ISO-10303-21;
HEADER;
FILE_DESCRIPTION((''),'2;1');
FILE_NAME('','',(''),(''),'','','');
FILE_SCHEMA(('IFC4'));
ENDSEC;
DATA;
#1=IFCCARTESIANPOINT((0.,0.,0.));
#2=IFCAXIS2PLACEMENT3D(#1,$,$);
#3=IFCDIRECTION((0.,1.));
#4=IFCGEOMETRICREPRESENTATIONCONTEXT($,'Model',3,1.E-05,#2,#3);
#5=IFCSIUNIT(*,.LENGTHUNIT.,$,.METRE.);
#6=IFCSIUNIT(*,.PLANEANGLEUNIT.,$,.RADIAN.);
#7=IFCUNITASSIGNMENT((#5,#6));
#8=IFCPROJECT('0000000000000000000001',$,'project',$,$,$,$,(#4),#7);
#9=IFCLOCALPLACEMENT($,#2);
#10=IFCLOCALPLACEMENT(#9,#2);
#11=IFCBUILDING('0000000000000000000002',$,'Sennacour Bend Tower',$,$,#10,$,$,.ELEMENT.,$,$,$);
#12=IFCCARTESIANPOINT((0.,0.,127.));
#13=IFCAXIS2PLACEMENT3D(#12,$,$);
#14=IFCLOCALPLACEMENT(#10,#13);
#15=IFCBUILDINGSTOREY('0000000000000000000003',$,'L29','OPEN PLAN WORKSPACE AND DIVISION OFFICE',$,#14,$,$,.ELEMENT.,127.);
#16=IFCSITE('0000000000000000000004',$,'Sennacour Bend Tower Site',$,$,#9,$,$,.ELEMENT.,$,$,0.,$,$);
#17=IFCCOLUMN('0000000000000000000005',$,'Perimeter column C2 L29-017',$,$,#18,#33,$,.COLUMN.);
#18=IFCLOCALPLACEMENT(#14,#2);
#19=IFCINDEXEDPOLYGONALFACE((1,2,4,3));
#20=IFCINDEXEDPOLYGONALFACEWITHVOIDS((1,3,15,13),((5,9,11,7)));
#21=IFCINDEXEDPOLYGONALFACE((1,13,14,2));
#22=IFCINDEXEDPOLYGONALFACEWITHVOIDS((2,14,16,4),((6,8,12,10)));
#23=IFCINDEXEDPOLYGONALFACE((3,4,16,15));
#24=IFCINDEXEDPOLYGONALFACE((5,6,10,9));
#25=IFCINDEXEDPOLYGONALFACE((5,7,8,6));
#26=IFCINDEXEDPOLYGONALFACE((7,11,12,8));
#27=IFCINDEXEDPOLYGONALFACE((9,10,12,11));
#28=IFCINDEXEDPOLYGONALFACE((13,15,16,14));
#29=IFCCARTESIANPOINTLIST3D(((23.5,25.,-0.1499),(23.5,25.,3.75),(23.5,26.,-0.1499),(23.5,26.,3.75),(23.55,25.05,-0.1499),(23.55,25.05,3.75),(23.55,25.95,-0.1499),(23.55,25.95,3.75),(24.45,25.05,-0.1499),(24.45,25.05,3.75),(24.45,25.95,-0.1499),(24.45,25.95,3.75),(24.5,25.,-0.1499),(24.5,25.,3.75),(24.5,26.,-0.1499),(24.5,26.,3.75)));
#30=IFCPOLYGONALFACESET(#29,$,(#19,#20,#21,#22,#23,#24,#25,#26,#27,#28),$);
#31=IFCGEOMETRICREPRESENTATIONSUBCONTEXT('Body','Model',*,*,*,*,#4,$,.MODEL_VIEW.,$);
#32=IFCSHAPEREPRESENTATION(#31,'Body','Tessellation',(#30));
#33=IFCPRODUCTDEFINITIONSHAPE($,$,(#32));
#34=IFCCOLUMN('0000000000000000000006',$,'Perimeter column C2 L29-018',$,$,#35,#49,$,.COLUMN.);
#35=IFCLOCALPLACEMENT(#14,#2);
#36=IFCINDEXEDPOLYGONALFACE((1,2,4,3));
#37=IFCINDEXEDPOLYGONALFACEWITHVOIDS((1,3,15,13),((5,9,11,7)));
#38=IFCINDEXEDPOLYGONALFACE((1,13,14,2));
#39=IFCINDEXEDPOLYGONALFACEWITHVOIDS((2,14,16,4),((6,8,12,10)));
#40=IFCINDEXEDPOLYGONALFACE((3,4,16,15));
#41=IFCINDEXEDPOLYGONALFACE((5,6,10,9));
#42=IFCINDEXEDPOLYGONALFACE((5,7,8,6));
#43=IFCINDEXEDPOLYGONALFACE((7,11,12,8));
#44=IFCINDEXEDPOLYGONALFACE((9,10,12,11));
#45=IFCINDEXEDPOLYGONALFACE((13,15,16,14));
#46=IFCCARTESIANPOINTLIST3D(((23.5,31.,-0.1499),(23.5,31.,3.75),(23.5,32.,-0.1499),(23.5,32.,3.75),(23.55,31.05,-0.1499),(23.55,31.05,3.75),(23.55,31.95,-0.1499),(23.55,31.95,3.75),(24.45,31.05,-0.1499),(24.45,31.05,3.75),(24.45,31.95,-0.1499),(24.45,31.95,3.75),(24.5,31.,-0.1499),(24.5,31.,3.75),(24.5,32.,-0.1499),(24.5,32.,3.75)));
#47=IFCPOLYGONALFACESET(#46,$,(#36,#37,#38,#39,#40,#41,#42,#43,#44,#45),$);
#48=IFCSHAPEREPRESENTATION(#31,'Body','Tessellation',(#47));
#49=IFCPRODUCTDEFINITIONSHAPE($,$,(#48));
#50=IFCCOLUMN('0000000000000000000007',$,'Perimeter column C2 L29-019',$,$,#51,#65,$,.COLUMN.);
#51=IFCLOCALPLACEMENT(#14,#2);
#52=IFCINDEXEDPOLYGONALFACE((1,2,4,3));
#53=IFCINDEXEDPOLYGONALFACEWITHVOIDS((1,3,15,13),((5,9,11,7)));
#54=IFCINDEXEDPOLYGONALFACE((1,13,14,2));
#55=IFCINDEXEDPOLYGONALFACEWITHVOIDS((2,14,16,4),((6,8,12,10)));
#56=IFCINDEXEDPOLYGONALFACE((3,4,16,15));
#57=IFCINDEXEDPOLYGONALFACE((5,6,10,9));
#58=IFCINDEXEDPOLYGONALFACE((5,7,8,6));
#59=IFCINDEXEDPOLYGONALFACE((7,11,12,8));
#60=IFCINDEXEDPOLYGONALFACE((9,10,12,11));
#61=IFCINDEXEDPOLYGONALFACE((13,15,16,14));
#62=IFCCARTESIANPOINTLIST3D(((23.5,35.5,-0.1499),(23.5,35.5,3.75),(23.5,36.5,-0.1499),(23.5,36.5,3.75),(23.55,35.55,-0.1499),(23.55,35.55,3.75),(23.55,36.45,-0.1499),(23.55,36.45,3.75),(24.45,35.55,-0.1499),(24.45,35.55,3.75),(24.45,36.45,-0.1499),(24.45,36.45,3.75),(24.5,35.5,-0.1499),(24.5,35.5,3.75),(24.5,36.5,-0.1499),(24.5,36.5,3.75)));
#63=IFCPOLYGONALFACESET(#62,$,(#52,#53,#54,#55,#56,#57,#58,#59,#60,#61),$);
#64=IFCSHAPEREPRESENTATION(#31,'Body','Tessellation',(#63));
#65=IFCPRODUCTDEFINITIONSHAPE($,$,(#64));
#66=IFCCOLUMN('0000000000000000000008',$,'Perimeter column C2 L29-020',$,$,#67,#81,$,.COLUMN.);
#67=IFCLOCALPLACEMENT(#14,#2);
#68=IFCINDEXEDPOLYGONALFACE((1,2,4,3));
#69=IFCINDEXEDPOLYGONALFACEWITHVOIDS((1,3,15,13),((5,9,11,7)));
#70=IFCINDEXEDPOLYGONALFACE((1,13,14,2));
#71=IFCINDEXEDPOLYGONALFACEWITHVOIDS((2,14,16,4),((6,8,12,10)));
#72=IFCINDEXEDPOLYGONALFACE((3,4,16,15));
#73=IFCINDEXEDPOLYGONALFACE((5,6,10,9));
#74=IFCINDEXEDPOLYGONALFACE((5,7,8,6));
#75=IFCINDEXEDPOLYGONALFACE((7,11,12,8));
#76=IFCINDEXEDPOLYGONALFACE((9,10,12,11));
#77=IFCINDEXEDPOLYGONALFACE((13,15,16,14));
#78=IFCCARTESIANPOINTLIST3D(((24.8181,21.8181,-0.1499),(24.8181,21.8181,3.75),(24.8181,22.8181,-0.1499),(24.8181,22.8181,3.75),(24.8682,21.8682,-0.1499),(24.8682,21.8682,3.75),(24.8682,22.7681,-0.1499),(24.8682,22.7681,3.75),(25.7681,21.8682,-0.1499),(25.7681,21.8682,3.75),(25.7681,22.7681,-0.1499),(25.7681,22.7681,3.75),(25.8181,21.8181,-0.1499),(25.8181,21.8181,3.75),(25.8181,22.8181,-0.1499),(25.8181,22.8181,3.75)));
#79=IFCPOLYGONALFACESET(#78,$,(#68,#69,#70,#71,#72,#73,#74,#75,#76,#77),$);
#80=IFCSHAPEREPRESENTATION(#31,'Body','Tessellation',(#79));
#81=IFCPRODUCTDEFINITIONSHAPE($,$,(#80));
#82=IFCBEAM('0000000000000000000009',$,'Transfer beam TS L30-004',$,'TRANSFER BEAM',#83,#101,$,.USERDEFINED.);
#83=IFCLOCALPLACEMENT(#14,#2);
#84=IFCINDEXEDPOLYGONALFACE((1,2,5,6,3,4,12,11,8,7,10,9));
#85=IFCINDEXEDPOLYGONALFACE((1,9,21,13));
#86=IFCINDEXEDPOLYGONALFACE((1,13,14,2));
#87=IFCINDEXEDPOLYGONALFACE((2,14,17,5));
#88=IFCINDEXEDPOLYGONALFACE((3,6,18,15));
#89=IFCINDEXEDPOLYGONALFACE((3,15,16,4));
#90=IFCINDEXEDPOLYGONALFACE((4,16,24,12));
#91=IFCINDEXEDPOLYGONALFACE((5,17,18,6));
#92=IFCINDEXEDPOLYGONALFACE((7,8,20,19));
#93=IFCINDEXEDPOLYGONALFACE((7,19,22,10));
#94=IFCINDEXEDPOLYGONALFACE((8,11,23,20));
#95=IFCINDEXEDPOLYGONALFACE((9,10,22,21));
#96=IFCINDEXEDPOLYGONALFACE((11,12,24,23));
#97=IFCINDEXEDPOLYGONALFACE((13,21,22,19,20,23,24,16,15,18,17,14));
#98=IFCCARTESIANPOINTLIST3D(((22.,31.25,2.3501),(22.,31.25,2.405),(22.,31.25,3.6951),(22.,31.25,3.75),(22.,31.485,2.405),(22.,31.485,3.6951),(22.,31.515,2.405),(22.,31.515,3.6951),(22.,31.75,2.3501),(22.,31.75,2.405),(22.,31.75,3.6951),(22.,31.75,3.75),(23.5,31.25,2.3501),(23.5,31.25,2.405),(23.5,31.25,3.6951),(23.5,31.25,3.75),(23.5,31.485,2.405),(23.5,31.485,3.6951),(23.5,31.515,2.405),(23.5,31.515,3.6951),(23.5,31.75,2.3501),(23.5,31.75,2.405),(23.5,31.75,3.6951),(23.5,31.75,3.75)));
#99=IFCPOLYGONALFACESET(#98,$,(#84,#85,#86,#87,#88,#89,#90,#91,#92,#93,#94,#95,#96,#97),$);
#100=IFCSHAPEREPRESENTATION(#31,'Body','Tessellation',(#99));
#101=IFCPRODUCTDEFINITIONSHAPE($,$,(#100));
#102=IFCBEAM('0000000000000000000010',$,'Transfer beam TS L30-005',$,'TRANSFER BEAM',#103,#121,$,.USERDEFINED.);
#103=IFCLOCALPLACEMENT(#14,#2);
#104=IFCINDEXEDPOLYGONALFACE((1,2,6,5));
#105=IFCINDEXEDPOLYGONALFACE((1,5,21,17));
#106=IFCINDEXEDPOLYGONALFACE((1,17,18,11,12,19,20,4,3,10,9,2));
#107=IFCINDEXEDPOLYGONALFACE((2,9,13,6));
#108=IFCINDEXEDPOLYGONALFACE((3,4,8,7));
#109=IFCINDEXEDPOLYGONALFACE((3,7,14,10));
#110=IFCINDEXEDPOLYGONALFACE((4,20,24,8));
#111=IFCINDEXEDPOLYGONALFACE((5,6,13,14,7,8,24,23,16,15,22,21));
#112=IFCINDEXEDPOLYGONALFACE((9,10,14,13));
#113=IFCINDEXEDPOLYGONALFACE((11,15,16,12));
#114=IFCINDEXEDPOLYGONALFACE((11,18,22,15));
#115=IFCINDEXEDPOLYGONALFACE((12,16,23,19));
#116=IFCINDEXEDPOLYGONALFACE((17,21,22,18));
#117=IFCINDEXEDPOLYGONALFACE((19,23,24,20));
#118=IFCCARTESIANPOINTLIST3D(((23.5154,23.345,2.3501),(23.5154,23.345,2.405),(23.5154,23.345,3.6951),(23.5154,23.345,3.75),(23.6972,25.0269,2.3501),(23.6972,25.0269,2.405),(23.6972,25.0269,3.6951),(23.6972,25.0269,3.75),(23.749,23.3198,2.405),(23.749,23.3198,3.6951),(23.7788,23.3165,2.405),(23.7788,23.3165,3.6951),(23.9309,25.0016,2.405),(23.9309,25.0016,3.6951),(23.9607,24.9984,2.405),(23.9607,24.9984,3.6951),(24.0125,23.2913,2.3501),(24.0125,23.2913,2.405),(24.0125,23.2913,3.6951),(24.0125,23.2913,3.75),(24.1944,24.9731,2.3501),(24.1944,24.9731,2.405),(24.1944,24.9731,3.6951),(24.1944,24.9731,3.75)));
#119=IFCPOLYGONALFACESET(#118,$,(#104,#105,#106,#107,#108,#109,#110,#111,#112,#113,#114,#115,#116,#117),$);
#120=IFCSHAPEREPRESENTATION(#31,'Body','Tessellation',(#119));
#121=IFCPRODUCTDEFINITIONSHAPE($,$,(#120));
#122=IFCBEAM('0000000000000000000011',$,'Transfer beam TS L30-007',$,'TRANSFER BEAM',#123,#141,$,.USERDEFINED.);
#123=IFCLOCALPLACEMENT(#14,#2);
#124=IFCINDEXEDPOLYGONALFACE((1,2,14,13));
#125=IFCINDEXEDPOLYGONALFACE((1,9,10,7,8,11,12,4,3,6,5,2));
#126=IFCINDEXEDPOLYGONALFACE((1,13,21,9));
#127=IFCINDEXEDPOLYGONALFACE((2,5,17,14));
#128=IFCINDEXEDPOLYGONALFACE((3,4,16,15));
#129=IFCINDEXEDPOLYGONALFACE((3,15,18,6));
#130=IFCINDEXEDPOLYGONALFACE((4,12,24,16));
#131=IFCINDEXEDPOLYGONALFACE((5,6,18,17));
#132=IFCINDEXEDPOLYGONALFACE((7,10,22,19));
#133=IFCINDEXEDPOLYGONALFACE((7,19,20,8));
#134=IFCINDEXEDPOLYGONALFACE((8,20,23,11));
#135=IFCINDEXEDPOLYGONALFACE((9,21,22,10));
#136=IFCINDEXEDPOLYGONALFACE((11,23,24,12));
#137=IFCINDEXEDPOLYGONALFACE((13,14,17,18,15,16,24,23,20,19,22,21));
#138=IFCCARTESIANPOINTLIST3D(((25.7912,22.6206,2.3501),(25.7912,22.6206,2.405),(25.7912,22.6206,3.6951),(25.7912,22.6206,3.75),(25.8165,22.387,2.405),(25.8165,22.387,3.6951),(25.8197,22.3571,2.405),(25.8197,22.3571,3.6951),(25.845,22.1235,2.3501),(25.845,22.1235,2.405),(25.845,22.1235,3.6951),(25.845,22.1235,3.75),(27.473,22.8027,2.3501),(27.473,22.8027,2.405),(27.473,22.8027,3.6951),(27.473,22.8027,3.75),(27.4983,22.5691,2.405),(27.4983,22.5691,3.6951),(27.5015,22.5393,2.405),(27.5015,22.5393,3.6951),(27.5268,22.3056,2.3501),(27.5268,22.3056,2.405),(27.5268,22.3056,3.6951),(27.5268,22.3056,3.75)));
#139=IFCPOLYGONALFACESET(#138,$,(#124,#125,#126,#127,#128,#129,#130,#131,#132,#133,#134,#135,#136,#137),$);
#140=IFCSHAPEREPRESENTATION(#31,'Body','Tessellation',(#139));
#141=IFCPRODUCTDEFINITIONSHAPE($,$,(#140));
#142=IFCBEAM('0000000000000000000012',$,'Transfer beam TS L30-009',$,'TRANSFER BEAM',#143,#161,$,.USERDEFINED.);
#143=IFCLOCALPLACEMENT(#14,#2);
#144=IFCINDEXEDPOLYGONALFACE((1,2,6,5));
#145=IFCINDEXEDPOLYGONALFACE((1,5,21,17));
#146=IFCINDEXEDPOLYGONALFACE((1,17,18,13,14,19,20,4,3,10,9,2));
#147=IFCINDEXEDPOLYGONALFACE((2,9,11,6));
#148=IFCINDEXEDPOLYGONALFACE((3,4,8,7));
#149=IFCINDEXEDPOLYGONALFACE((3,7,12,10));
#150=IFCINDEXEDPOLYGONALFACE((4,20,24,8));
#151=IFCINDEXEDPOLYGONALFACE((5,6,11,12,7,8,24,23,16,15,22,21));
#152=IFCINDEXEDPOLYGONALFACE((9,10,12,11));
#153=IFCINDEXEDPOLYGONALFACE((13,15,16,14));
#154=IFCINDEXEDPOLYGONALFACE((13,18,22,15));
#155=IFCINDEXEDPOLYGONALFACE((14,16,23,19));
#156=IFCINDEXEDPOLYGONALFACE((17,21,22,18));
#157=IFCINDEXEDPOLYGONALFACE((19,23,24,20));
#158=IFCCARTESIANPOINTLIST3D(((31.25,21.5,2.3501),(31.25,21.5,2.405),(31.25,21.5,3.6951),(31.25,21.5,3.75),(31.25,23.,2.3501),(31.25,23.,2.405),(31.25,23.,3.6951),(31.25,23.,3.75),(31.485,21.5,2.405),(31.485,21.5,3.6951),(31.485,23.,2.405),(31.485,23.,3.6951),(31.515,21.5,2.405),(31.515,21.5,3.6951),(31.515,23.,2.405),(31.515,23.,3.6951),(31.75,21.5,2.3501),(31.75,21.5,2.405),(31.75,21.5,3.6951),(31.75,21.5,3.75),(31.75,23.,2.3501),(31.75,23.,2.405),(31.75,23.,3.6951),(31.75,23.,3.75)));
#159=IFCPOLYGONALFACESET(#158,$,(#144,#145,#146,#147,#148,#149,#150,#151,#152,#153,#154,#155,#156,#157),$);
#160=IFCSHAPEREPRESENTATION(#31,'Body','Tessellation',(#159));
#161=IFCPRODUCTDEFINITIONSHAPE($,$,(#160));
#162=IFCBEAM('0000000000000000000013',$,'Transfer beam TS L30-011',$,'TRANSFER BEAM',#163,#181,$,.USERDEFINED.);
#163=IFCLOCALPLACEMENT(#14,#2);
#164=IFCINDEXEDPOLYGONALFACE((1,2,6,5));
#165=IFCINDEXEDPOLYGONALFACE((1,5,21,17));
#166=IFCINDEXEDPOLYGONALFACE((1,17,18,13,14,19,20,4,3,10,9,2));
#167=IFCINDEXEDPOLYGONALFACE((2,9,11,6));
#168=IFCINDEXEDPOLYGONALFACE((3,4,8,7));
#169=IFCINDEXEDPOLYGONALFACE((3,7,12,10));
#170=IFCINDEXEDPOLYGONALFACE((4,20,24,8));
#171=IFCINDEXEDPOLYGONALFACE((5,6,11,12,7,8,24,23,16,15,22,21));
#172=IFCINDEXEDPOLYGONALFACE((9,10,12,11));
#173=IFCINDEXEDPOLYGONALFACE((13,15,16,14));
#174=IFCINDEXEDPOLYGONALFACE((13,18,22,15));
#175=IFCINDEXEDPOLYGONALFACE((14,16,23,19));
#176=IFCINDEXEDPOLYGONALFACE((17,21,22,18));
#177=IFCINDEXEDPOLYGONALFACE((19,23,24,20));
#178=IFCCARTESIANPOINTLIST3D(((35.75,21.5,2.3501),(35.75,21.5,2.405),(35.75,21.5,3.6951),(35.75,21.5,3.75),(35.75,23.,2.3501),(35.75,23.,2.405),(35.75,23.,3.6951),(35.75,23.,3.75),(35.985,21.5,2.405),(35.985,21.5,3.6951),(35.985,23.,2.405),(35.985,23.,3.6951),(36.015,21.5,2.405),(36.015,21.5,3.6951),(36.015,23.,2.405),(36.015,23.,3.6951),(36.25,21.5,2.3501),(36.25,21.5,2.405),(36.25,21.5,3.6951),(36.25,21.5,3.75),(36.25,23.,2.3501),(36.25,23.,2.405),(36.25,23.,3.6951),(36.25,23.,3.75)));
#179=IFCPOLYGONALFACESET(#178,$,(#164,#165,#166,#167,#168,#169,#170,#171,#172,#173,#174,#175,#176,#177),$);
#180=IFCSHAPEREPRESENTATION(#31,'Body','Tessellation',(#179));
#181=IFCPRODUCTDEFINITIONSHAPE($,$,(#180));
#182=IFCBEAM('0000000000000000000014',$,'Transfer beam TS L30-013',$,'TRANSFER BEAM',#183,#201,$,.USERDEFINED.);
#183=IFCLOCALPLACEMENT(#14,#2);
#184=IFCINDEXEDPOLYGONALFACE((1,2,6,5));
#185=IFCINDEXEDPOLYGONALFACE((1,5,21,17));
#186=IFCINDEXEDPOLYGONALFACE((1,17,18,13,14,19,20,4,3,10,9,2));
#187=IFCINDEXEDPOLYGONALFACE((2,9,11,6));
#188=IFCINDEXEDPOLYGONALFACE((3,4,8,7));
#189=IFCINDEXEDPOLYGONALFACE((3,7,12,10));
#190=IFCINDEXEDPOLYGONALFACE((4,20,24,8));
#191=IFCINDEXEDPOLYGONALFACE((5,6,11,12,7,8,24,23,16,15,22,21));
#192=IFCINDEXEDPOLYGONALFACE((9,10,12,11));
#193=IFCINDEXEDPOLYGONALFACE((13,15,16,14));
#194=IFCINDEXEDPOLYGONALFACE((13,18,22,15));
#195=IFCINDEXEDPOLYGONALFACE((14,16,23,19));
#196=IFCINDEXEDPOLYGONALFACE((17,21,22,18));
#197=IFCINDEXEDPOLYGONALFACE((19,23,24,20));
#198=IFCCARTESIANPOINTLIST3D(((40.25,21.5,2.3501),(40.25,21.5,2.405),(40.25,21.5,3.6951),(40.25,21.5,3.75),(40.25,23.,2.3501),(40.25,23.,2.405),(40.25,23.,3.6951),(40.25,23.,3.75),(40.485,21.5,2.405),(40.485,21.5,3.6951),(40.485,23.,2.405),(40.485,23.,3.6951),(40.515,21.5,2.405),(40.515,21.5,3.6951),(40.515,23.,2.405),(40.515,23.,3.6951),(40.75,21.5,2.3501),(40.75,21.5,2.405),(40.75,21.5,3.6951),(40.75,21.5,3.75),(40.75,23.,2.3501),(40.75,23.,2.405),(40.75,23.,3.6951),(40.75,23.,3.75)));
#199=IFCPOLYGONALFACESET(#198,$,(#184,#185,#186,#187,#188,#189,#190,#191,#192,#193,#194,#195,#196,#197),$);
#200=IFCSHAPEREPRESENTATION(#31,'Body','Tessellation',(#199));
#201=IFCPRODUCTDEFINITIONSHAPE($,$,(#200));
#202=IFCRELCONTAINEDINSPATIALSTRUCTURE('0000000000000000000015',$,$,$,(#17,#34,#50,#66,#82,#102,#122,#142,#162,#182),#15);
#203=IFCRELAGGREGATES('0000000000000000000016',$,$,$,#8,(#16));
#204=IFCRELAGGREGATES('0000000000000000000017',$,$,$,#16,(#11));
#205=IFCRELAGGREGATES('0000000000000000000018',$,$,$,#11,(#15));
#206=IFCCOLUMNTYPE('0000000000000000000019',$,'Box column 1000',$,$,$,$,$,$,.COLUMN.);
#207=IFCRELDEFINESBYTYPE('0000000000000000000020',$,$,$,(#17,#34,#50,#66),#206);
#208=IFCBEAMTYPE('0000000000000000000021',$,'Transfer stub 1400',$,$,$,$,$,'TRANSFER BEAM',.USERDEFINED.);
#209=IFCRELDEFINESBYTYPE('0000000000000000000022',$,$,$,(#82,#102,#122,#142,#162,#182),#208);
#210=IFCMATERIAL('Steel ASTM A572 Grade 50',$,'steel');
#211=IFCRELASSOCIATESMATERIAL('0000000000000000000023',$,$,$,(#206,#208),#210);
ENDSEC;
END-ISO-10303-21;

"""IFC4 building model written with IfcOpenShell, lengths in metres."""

from ifc_helpers import new_model, si_unit, direction, frame, origin, origin_2d, place, context, subcontext, project, spatial, hollow_rectangle, i_section, extrude, material, material_profile, profile_set, type_object, element, save


model = new_model("IFC4")

# Units and contexts
model_context = context("Model", 3, precision=1e-05, world=origin(), true_north=direction((0.0, 1.0)))
body_context = subcontext(model_context, "Body", "Model", "MODEL_VIEW")
ifc_project = project(units=[si_unit("LENGTHUNIT", "METRE"), si_unit("PLANEANGLEUNIT", "RADIAN")], contexts=[model_context])

# Site, building, storey
site_placement = place(None, origin())
site = spatial("IfcSite", under=ifc_project, at=site_placement, Name="Sennacour Bend Tower Site", CompositionType="ELEMENT", RefElevation=0.0)
building_placement = place(site_placement, origin())
building = spatial("IfcBuilding", under=site, at=building_placement, Name="Sennacour Bend Tower", CompositionType="ELEMENT")
storey_placement = place(building_placement, frame((0.0, 0.0, 127.0)))
storey = spatial("IfcBuildingStorey", under=building, at=storey_placement, Name="L29", Description="OPEN PLAN WORKSPACE AND DIVISION OFFICE", CompositionType="ELEMENT", Elevation=127.0)

# Columns
ifc_material_1 = material(Name="Steel ASTM A572 Grade 50", Category="steel")
ifc_material_profile_1 = material_profile(ifc_material_1, hollow_rectangle(XDim=1.0, YDim=1.0, WallThickness=0.05, at=origin_2d()), Name="Steel ASTM A572 Grade 50", Category="steel")
ifc_profile_set_1 = profile_set([ifc_material_profile_1], Name="Steel ASTM A572 Grade 50")
column_type = type_object("IfcColumnType", Name="Box column 1000", PredefinedType="COLUMN", material=ifc_profile_set_1)
for number, where, z_axis, x_axis, name in (
    (1, (24.0, 25.5, -0.1499), (0.0, 0.0, 1.0), (1.0, 0.0, 0.0), "Perimeter column C2 L29-017"),
    (2, (24.0, 31.5, -0.1499), (0.0, 0.0, 1.0), (1.0, 0.0, 0.0), "Perimeter column C2 L29-018"),
    (3, (24.0, 36.0, -0.1499), (0.0, 0.0, 1.0), (1.0, 0.0, 0.0), "Perimeter column C2 L29-019"),
    (4, (25.3181, 22.3181, -0.1499), (0.0, 0.0, 1.0), (1.0, 0.0, 0.0), "Perimeter column C2 L29-020"),
):
    element("IfcColumn", number, at=place(storey_placement, frame(where, z_axis=z_axis, x_axis=x_axis)), inside=storey, type_object=column_type, Name=name, PredefinedType="COLUMN", context=body_context, shape_type="SweptSolid", body=[
        extrude(hollow_rectangle(XDim=1.0, YDim=1.0, WallThickness=0.05, at=origin_2d()), origin(), (0.0, 0.0, 1.0), 3.8999),
    ])

# Beams
ifc_material_profile_2 = material_profile(ifc_material_1, i_section(OverallWidth=0.5, OverallDepth=1.3999, WebThickness=0.03, FlangeThickness=0.0549, at=origin_2d()), Name="Steel ASTM A572 Grade 50", Category="steel")
ifc_profile_set_2 = profile_set([ifc_material_profile_2], Name="Steel ASTM A572 Grade 50")
beam_type = type_object("IfcBeamType", Name="Transfer stub 1400", ElementType="TRANSFER BEAM", PredefinedType="USERDEFINED", material=ifc_profile_set_2)
beam_placement = place(storey_placement, frame((23.5, 31.5, 3.05), z_axis=(-1.0, 0.0, 0.0), x_axis=(0.0, -1.0, 0.0)))
element("IfcBeam", 5, at=beam_placement, inside=storey, type_object=beam_type, Name="Transfer beam TS L30-004", ObjectType="TRANSFER BEAM", PredefinedType="USERDEFINED", context=body_context, shape_type="SweptSolid", body=[
    extrude(i_section(OverallWidth=0.5, OverallDepth=1.3999, WebThickness=0.03, FlangeThickness=0.0549, at=origin_2d()), origin(), (0.0, 0.0, 1.0), 1.5),
])
for number, where, z_axis, x_axis, name in (
    (6, (23.9458, 25.0, 3.05), (-0.107517, -0.994203, 0.0), (0.994203, -0.107517, 0.0), "Transfer beam TS L30-005"),
    (7, (25.8181, 22.3721, 3.05), (0.994188, 0.107659, 0.0), (-0.107659, 0.994188, 0.0), "Transfer beam TS L30-007"),
):
    element("IfcBeam", number, at=place(storey_placement, frame(where, z_axis=z_axis, x_axis=x_axis)), inside=storey, type_object=beam_type, Name=name, ObjectType="TRANSFER BEAM", PredefinedType="USERDEFINED", context=body_context, shape_type="SweptSolid", body=[
        extrude(i_section(OverallWidth=0.5, OverallDepth=1.3999, WebThickness=0.03, FlangeThickness=0.0549, at=origin_2d()), origin(), (0.0, 0.0, 1.0), 1.6917),
    ])
for number, where, z_axis, x_axis, name in (
    (8, (31.5, 21.5, 3.05), (0.0, 1.0, 0.0), (-1.0, 0.0, 0.0), "Transfer beam TS L30-009"),
    (9, (36.0, 21.5, 3.05), (0.0, 1.0, 0.0), (-1.0, 0.0, 0.0), "Transfer beam TS L30-011"),
    (10, (40.5, 21.5, 3.05), (0.0, 1.0, 0.0), (-1.0, 0.0, 0.0), "Transfer beam TS L30-013"),
):
    element("IfcBeam", number, at=place(storey_placement, frame(where, z_axis=z_axis, x_axis=x_axis)), inside=storey, type_object=beam_type, Name=name, ObjectType="TRANSFER BEAM", PredefinedType="USERDEFINED", context=body_context, shape_type="SweptSolid", body=[
        extrude(i_section(OverallWidth=0.5, OverallDepth=1.3999, WebThickness=0.03, FlangeThickness=0.0549, at=origin_2d()), origin(), (0.0, 0.0, 1.0), 1.5),
    ])

save(model, "model.ifc")
